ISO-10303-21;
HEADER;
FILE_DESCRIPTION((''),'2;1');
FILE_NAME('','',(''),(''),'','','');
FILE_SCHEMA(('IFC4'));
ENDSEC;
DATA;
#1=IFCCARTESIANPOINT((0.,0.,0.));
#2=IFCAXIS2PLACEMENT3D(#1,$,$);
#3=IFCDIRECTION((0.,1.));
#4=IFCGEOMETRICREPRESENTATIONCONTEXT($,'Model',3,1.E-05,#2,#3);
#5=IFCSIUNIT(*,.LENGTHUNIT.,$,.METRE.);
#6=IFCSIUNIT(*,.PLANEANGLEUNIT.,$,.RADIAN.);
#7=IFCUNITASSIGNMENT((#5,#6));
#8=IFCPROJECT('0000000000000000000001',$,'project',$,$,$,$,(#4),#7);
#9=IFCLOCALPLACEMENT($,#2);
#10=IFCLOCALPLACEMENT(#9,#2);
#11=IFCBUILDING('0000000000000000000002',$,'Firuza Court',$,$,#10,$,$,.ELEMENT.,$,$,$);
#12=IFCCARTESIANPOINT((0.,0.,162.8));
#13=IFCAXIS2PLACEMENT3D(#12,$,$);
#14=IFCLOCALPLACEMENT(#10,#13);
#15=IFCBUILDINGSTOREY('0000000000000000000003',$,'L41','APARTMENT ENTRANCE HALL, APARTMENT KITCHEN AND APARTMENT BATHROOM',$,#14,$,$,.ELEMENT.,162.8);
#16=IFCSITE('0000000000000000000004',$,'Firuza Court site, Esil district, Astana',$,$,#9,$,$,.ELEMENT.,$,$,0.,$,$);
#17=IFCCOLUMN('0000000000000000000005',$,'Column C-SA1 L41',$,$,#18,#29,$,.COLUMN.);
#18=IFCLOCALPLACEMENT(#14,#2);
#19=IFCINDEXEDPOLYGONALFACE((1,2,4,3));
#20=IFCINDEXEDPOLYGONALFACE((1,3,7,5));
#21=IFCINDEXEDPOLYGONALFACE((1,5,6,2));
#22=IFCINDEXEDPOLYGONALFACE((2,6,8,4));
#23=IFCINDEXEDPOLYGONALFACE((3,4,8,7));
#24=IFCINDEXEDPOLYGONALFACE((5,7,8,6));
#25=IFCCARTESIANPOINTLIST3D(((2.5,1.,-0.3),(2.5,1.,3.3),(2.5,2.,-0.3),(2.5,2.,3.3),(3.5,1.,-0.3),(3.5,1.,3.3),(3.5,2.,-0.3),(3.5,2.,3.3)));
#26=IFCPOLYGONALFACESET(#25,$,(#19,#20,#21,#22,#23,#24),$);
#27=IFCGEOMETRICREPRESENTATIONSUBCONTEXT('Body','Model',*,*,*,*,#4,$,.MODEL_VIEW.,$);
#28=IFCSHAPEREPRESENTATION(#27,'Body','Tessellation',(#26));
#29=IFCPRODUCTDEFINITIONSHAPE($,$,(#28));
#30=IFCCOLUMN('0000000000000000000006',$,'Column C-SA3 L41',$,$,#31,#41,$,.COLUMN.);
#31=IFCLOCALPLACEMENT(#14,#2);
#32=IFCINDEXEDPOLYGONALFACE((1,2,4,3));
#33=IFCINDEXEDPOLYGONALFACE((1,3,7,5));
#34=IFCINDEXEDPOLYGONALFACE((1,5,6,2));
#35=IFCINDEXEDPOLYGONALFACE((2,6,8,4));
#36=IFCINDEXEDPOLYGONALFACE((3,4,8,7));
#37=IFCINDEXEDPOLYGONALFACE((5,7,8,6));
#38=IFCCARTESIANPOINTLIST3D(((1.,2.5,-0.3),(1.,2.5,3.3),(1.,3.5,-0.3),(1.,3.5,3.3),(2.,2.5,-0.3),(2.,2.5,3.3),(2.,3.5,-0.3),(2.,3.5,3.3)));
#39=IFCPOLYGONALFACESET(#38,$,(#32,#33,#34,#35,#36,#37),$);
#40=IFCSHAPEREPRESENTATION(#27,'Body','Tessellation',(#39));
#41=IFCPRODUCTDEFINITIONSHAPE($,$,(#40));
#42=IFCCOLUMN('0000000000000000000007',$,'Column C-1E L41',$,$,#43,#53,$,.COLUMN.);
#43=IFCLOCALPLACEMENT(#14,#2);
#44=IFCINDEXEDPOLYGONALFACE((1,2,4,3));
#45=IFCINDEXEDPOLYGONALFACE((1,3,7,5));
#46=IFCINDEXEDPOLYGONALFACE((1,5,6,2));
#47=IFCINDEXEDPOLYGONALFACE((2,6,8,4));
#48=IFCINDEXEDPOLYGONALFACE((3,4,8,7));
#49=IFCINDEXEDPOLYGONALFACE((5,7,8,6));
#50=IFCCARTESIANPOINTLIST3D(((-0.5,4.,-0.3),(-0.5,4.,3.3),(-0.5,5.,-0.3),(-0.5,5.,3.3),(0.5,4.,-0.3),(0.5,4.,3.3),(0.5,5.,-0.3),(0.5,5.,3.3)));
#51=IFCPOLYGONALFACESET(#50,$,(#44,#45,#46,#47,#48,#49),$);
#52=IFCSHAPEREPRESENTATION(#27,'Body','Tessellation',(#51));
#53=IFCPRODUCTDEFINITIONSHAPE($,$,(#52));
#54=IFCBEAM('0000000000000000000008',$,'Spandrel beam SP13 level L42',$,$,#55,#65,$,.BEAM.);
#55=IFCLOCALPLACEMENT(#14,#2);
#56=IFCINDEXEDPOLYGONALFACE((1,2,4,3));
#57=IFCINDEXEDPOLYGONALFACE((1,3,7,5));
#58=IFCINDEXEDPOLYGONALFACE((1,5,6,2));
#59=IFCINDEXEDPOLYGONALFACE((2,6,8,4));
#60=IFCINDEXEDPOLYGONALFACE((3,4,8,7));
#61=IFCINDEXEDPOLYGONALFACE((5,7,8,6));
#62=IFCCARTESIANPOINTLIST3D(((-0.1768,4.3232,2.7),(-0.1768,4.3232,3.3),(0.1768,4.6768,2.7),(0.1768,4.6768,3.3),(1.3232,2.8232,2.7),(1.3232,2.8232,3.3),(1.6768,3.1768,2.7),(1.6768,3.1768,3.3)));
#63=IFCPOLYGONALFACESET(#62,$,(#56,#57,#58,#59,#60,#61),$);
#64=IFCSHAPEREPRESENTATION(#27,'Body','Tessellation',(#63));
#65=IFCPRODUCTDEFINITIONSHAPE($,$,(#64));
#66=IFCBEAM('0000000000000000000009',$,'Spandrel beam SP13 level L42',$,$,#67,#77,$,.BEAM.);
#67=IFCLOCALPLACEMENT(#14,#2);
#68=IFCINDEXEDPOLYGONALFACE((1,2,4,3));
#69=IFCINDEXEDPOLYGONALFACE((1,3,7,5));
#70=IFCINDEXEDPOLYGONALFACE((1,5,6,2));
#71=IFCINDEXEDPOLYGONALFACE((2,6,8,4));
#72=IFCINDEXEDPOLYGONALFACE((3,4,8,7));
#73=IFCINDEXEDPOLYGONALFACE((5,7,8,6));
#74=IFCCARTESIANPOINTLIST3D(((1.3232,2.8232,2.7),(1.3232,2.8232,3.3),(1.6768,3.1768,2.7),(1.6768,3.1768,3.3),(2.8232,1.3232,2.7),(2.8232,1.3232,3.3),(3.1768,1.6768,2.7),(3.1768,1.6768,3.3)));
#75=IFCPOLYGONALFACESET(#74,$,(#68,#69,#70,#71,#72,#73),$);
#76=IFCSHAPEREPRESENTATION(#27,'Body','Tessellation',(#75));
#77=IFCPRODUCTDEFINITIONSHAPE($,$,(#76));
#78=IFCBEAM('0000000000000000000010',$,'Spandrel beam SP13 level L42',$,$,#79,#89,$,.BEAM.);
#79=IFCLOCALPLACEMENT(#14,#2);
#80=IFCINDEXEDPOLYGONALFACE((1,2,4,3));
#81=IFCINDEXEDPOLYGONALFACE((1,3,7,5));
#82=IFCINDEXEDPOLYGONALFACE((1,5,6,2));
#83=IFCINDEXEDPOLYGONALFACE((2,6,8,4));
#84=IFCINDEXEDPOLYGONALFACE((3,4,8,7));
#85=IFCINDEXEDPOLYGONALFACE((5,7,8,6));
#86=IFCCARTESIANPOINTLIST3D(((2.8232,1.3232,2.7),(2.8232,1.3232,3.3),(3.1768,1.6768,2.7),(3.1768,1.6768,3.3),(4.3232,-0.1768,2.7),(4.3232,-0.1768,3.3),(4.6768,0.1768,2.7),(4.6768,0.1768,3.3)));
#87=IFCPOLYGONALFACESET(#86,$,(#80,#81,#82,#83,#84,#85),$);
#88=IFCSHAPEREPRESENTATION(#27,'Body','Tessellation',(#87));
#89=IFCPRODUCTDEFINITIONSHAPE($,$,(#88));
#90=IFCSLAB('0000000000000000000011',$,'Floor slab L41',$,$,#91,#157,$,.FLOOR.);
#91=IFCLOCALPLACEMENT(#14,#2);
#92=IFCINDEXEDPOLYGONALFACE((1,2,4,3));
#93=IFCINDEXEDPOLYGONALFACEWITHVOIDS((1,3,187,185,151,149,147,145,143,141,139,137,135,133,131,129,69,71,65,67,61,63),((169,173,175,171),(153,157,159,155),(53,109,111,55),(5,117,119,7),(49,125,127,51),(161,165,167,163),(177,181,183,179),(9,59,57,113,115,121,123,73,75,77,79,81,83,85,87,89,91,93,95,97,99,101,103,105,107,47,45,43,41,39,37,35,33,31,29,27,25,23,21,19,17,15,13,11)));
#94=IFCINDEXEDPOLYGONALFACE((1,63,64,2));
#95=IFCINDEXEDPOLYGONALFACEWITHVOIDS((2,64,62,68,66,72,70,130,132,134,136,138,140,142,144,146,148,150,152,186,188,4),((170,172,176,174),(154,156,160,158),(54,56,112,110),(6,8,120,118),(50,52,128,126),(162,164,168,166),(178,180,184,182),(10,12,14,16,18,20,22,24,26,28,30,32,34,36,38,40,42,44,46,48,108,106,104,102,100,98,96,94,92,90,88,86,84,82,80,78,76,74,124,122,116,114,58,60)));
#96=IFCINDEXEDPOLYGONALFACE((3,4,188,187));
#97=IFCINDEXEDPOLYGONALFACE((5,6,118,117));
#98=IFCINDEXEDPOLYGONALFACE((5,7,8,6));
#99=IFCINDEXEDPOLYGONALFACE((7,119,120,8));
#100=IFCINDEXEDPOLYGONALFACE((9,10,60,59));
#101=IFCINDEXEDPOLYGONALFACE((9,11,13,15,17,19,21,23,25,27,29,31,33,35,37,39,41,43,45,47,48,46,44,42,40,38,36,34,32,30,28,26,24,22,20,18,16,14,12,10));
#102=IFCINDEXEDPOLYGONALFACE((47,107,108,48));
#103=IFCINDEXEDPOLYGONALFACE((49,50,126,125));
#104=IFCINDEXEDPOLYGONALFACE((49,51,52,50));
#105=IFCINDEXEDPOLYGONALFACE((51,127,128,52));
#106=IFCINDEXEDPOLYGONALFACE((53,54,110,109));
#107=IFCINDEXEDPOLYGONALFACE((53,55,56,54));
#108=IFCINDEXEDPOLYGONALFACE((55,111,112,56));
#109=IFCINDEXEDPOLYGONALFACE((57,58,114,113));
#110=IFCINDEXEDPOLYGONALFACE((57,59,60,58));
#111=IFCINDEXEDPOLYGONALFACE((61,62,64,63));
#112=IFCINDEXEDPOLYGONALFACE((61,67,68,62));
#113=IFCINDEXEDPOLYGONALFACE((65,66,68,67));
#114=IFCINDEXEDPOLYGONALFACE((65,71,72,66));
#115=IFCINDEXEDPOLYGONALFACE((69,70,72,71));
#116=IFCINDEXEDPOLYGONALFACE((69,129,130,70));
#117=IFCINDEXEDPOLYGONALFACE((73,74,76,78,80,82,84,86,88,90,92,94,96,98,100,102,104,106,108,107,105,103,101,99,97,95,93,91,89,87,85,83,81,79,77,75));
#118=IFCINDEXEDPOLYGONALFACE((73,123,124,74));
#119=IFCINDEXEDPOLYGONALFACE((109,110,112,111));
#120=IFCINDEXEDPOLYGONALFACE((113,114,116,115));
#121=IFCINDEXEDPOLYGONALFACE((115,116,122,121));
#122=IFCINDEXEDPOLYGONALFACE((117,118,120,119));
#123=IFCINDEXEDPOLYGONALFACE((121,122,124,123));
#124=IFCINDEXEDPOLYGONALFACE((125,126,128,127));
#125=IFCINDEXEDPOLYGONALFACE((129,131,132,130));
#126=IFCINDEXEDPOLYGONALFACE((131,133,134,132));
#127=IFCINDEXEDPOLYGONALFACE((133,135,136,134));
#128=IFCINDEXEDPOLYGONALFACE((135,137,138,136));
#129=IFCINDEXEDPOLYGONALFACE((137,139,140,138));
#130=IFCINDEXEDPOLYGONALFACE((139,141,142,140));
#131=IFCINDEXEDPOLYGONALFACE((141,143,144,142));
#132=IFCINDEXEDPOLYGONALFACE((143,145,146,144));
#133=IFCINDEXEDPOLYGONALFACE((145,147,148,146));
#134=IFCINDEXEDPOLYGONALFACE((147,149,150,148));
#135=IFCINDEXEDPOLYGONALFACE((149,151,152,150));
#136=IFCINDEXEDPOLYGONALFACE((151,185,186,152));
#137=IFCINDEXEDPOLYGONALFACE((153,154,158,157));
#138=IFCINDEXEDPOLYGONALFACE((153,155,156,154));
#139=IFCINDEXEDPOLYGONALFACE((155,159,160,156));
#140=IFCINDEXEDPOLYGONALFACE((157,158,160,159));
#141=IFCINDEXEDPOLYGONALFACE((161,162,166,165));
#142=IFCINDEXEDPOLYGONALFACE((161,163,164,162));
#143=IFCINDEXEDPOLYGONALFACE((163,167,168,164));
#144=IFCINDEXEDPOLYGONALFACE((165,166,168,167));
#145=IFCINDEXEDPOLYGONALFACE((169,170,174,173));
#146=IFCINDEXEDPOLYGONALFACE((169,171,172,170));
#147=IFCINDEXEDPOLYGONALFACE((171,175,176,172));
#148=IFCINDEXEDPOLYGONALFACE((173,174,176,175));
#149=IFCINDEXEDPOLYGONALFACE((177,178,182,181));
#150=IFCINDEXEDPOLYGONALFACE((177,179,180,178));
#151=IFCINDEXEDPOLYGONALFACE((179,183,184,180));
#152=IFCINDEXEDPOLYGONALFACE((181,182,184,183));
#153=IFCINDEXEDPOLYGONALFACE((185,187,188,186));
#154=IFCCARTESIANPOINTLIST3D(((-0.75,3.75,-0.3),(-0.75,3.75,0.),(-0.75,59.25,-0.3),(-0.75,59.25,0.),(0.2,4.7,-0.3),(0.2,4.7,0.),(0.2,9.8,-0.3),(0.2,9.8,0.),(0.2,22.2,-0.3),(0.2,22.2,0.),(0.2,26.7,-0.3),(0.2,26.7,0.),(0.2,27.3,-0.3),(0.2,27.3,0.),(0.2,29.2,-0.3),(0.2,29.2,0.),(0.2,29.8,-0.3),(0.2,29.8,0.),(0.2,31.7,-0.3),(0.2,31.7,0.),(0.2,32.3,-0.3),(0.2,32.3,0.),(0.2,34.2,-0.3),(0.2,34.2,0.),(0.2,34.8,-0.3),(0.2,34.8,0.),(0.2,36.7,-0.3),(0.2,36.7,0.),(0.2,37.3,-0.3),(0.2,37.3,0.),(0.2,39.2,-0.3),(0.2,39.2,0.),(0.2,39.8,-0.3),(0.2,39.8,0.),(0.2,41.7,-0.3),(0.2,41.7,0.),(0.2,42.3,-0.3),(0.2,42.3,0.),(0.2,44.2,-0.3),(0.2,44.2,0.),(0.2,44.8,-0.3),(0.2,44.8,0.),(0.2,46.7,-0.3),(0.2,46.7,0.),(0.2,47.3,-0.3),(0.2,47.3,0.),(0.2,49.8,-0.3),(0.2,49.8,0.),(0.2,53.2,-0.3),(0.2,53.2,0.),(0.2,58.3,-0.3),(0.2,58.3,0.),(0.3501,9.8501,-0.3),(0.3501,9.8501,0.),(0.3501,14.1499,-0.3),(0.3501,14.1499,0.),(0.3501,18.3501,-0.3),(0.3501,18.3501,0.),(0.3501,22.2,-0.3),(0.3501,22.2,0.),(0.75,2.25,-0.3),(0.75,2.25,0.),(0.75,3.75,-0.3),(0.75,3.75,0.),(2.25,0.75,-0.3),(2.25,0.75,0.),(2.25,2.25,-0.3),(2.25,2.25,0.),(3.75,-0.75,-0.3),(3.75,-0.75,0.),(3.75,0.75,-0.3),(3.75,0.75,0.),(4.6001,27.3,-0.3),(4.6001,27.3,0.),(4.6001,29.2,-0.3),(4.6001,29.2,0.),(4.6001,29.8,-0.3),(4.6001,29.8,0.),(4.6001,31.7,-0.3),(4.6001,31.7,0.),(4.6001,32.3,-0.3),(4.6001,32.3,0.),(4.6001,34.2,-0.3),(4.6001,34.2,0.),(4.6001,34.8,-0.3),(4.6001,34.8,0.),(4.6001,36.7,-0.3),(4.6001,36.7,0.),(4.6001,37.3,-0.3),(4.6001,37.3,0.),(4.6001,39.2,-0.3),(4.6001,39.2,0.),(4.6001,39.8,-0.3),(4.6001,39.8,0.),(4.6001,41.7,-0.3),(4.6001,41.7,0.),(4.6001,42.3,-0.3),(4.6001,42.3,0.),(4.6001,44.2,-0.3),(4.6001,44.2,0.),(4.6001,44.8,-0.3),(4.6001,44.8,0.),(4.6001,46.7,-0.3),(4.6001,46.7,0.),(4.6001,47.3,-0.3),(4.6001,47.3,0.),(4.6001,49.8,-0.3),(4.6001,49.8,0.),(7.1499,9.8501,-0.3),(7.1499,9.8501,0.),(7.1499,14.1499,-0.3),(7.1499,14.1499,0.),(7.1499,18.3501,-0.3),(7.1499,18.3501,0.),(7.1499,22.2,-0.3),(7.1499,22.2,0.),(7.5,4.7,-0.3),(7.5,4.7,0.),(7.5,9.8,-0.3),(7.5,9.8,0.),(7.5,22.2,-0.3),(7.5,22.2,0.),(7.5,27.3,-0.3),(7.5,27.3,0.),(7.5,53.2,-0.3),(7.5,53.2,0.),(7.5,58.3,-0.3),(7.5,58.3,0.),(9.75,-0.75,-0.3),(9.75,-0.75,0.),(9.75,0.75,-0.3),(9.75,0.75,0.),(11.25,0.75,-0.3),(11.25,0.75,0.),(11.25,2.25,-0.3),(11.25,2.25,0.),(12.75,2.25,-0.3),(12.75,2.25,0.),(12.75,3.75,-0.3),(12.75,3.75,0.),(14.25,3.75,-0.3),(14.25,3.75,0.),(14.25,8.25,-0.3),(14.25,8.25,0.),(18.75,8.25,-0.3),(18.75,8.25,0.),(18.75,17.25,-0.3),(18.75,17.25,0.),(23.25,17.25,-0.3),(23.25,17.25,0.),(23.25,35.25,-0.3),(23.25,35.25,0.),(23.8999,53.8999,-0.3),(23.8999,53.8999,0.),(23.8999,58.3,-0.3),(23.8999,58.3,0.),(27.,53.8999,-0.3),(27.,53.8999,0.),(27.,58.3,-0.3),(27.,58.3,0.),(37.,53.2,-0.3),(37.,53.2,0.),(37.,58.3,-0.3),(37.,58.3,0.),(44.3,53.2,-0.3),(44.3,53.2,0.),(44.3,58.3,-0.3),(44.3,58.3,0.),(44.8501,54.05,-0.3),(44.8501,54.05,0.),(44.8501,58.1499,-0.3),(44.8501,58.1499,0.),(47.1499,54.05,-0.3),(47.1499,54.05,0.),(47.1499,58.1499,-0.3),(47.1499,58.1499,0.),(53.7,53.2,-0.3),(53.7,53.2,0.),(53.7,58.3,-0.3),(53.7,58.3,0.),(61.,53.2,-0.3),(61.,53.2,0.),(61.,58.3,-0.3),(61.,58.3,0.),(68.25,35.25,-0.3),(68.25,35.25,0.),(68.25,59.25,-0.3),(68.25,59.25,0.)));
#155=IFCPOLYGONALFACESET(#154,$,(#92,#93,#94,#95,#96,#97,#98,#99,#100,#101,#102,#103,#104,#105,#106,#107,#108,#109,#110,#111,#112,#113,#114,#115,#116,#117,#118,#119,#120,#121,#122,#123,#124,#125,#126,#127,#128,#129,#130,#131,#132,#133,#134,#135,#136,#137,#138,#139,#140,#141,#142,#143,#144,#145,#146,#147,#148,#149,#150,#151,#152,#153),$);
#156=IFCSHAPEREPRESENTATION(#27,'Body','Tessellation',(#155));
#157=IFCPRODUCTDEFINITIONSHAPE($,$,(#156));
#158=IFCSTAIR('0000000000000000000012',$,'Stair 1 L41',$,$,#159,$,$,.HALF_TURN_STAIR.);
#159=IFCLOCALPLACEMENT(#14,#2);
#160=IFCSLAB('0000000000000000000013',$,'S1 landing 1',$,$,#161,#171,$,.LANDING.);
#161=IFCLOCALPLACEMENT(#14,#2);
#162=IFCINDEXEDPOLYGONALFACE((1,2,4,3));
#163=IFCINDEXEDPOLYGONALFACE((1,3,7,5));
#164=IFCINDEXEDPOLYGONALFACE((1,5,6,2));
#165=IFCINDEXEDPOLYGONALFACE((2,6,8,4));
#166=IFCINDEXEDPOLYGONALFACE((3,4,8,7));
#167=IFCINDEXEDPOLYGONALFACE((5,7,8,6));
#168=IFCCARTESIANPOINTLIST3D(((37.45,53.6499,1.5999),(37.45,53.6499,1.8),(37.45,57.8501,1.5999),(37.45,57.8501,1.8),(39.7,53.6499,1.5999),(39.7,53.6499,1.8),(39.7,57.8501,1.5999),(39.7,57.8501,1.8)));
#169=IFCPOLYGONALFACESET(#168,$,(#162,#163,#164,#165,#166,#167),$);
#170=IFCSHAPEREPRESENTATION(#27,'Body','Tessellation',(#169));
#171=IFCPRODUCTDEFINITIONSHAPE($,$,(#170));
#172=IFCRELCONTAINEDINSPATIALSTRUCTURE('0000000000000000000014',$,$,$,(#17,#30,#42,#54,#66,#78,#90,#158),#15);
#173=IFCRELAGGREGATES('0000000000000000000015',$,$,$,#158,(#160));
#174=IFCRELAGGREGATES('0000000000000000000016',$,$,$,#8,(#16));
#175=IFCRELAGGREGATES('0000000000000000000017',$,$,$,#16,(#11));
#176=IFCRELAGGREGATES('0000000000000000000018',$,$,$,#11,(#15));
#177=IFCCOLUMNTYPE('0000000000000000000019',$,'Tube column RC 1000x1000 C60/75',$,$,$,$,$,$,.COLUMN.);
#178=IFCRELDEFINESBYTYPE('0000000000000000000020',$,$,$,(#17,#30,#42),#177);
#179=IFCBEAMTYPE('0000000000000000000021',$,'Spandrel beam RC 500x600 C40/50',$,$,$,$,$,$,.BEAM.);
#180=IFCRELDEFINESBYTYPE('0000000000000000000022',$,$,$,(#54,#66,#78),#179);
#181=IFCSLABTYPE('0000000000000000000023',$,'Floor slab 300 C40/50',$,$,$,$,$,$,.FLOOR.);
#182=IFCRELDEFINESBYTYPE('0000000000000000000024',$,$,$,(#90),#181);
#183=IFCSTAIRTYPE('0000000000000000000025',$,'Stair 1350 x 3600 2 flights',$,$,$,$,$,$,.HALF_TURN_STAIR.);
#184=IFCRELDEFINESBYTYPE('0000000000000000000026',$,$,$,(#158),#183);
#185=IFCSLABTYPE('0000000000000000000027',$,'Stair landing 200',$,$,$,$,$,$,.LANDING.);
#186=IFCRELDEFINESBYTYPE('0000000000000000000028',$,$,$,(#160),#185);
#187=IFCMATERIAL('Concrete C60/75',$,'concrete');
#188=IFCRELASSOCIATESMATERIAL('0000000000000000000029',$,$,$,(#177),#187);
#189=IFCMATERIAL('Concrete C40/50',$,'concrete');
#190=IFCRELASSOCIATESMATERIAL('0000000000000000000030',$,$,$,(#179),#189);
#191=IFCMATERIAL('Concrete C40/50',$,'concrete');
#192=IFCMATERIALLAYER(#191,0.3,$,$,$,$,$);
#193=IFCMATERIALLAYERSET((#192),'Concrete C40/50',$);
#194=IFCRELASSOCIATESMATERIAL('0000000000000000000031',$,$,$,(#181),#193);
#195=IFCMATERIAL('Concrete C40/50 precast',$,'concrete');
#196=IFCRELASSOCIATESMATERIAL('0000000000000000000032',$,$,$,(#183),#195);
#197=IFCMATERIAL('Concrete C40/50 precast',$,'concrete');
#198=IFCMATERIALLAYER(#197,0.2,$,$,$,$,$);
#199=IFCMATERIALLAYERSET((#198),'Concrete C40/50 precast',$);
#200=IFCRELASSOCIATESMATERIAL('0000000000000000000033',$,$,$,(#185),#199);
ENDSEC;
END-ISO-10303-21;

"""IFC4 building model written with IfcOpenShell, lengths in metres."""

from ifc_helpers import new_model, si_unit, direction, frame, origin, origin_2d, place, context, subcontext, project, spatial, polyline, rectangle, outline, extrude, material, layer, layer_set, material_profile, profile_set, type_object, element, aggregate, save


model = new_model("IFC4")

# Units and contexts
model_context = context("Model", 3, precision=1e-05, world=origin(), true_north=direction((0.0, 1.0)))
body_context = subcontext(model_context, "Body", "Model", "MODEL_VIEW")
ifc_project = project(units=[si_unit("LENGTHUNIT", "METRE"), si_unit("PLANEANGLEUNIT", "RADIAN")], contexts=[model_context])

# Site, building, storey
site_placement = place(None, origin())
site = spatial("IfcSite", under=ifc_project, at=site_placement, Name="Firuza Court site, Esil district, Astana", CompositionType="ELEMENT", RefElevation=0.0)
building_placement = place(site_placement, origin())
building = spatial("IfcBuilding", under=site, at=building_placement, Name="Firuza Court", CompositionType="ELEMENT")
storey_placement = place(building_placement, frame((0.0, 0.0, 162.8)))
storey = spatial("IfcBuildingStorey", under=building, at=storey_placement, Name="L41", Description="APARTMENT ENTRANCE HALL, APARTMENT KITCHEN AND APARTMENT BATHROOM", CompositionType="ELEMENT", Elevation=162.8)

# Columns
ifc_material_1 = material(Name="Concrete C60/75", Category="concrete")
ifc_material_profile_1 = material_profile(ifc_material_1, rectangle(XDim=1.0, YDim=1.0, at=origin_2d()), Name="RC 1000x1000")
ifc_profile_set_1 = profile_set([ifc_material_profile_1], Name="Concrete C60/75")
column_type = type_object("IfcColumnType", Name="Tube column RC 1000x1000 C60/75", PredefinedType="COLUMN", material=ifc_profile_set_1)
for number, where, z_axis, x_axis, name in (
    (1, (3.0, 1.5, -0.3), (0.0, 0.0, 1.0), (1.0, 0.0, 0.0), "Column C-SA1 L41"),
    (2, (1.5, 3.0, -0.3), (0.0, 0.0, 1.0), (1.0, 0.0, 0.0), "Column C-SA3 L41"),
    (3, (0.0, 4.5, -0.3), (0.0, 0.0, 1.0), (1.0, 0.0, 0.0), "Column C-1E L41"),
):
    element("IfcColumn", number, at=place(storey_placement, frame(where, z_axis=z_axis, x_axis=x_axis)), inside=storey, type_object=column_type, Name=name, PredefinedType="COLUMN", context=body_context, shape_type="SweptSolid", body=[
        extrude(rectangle(XDim=1.0, YDim=1.0, at=origin_2d()), origin(), (0.0, 0.0, 1.0), 3.6001),
    ])

# Beams
ifc_material_2 = material(Name="Concrete C40/50", Category="concrete")
ifc_material_profile_2 = material_profile(ifc_material_2, rectangle(XDim=0.5, YDim=0.6001, at=origin_2d()), Name="RC 500x600")
ifc_profile_set_2 = profile_set([ifc_material_profile_2], Name="Concrete C40/50")
beam_type = type_object("IfcBeamType", Name="Spandrel beam RC 500x600 C40/50", PredefinedType="BEAM", material=ifc_profile_set_2)
for number, where, z_axis, x_axis, name in (
    (4, (0.0, 4.5, 3.0), (0.707107, -0.707107, 0.0), (0.707107, 0.707107, 0.0), "Spandrel beam SP13 level L42"),
    (5, (1.5, 3.0, 3.0), (0.707107, -0.707107, 0.0), (0.707107, 0.707107, 0.0), "Spandrel beam SP13 level L42"),
    (6, (3.0, 1.5, 3.0), (0.707107, -0.707107, 0.0), (0.707107, 0.707107, 0.0), "Spandrel beam SP13 level L42"),
):
    element("IfcBeam", number, at=place(storey_placement, frame(where, z_axis=z_axis, x_axis=x_axis)), inside=storey, type_object=beam_type, Name=name, PredefinedType="BEAM", context=body_context, shape_type="SweptSolid", body=[
        extrude(rectangle(XDim=0.5, YDim=0.6001, at=origin_2d()), origin(), (0.0, 0.0, 1.0), 2.1213),
    ])

# Slab
ifc_material_3 = material(Name="Concrete C40/50", Category="concrete")
ifc_layer_1 = layer(ifc_material_3, 0.3)
ifc_layer_set_1 = layer_set([ifc_layer_1], Name="Concrete C40/50")
slab_type_1 = type_object("IfcSlabType", Name="Floor slab 300 C40/50", PredefinedType="FLOOR", material=ifc_layer_set_1)
slab_1_placement = place(storey_placement, frame((0.0, 0.0, -0.3)))
element("IfcSlab", 7, at=slab_1_placement, inside=storey, type_object=slab_type_1, Name="Floor slab L41", PredefinedType="FLOOR", context=body_context, shape_type="SweptSolid", body=[
    extrude(outline(polyline([(3.75, -0.75), (3.75, 0.75), (2.25, 0.75), (2.25, 2.25), (0.75, 2.25), (0.75, 3.75), (-0.75, 3.75), (-0.75, 59.25), (68.25, 59.25), (68.25, 35.25), (23.25, 35.25), (23.25, 17.25), (18.75, 17.25), (18.75, 8.25), (14.25, 8.25), (14.25, 3.75), (12.75, 3.75), (12.75, 2.25), (11.25, 2.25), (11.25, 0.75), (9.75, 0.75), (9.75, -0.75), (3.75, -0.75)]), holes=[polyline([(0.2, 29.8), (0.2, 29.2), (0.2, 27.3), (0.2, 26.7), (0.2, 22.2), (0.3501, 22.2), (0.3501, 18.3501), (7.1499, 18.3501), (7.1499, 22.2), (7.5, 22.2), (7.5, 27.3), (4.6001, 27.3), (4.6001, 29.2), (4.6001, 29.8), (4.6001, 31.7), (4.6001, 32.3), (4.6001, 34.2), (4.6001, 34.8), (4.6001, 36.7), (4.6001, 37.3), (4.6001, 39.2), (4.6001, 39.8), (4.6001, 41.7), (4.6001, 42.3), (4.6001, 44.2), (4.6001, 44.8), (4.6001, 46.7), (4.6001, 47.3), (4.6001, 49.8), (0.2, 49.8), (0.2, 47.3), (0.2, 46.7), (0.2, 44.8), (0.2, 44.2), (0.2, 42.3), (0.2, 41.7), (0.2, 39.8), (0.2, 39.2), (0.2, 37.3), (0.2, 36.7), (0.2, 34.8), (0.2, 34.2), (0.2, 32.3), (0.2, 31.7), (0.2, 29.8)]), polyline([(7.5, 9.8), (0.2, 9.8), (0.2, 4.7), (7.5, 4.7), (7.5, 9.8)]), polyline([(7.1499, 14.1499), (0.3501, 14.1499), (0.3501, 9.8501), (7.1499, 9.8501), (7.1499, 14.1499)]), polyline([(7.5, 58.3), (0.2, 58.3), (0.2, 53.2), (7.5, 53.2), (7.5, 58.3)]), polyline([(44.3, 58.3), (37.0, 58.3), (37.0, 53.2), (44.3, 53.2), (44.3, 58.3)]), polyline([(61.0, 58.3), (53.7, 58.3), (53.7, 53.2), (61.0, 53.2), (61.0, 58.3)]), polyline([(27.0, 53.8999), (27.0, 58.3), (23.8999, 58.3), (23.8999, 53.8999), (27.0, 53.8999)]), polyline([(47.1499, 54.05), (47.1499, 58.1499), (44.8501, 58.1499), (44.8501, 54.05), (47.1499, 54.05)])]), origin(), (0.0, 0.0, 1.0), 0.3),
])

# Stair, slab
ifc_material_4 = material(Name="Concrete C40/50 precast", Category="concrete")
stair_type = type_object("IfcStairType", Name="Stair 1350 x 3600 2 flights", PredefinedType="HALF_TURN_STAIR", material=ifc_material_4)
stair_1_placement = place(storey_placement, origin())
stair_1 = element("IfcStair", 8, at=stair_1_placement, inside=storey, type_object=stair_type, Name="Stair 1 L41", PredefinedType="HALF_TURN_STAIR")
ifc_material_5 = material(Name="Concrete C40/50 precast", Category="concrete")
ifc_layer_2 = layer(ifc_material_5, 0.2)
ifc_layer_set_2 = layer_set([ifc_layer_2], Name="Concrete C40/50 precast")
slab_type_2 = type_object("IfcSlabType", Name="Stair landing 200", PredefinedType="LANDING", material=ifc_layer_set_2)
slab_2_placement = place(storey_placement, frame((0.0, 0.0, 1.5999)))
slab_2 = element("IfcSlab", 9, at=slab_2_placement, type_object=slab_type_2, Name="S1 landing 1", PredefinedType="LANDING", context=body_context, shape_type="SweptSolid", body=[
    extrude(outline(polyline([(39.7, 53.6499), (39.7, 57.8501), (37.45, 57.8501), (37.45, 53.6499), (39.7, 53.6499)])), origin(), (0.0, 0.0, 1.0), 0.2002),
])
aggregate(stair_1, [slab_2])

save(model, "model.ifc")
